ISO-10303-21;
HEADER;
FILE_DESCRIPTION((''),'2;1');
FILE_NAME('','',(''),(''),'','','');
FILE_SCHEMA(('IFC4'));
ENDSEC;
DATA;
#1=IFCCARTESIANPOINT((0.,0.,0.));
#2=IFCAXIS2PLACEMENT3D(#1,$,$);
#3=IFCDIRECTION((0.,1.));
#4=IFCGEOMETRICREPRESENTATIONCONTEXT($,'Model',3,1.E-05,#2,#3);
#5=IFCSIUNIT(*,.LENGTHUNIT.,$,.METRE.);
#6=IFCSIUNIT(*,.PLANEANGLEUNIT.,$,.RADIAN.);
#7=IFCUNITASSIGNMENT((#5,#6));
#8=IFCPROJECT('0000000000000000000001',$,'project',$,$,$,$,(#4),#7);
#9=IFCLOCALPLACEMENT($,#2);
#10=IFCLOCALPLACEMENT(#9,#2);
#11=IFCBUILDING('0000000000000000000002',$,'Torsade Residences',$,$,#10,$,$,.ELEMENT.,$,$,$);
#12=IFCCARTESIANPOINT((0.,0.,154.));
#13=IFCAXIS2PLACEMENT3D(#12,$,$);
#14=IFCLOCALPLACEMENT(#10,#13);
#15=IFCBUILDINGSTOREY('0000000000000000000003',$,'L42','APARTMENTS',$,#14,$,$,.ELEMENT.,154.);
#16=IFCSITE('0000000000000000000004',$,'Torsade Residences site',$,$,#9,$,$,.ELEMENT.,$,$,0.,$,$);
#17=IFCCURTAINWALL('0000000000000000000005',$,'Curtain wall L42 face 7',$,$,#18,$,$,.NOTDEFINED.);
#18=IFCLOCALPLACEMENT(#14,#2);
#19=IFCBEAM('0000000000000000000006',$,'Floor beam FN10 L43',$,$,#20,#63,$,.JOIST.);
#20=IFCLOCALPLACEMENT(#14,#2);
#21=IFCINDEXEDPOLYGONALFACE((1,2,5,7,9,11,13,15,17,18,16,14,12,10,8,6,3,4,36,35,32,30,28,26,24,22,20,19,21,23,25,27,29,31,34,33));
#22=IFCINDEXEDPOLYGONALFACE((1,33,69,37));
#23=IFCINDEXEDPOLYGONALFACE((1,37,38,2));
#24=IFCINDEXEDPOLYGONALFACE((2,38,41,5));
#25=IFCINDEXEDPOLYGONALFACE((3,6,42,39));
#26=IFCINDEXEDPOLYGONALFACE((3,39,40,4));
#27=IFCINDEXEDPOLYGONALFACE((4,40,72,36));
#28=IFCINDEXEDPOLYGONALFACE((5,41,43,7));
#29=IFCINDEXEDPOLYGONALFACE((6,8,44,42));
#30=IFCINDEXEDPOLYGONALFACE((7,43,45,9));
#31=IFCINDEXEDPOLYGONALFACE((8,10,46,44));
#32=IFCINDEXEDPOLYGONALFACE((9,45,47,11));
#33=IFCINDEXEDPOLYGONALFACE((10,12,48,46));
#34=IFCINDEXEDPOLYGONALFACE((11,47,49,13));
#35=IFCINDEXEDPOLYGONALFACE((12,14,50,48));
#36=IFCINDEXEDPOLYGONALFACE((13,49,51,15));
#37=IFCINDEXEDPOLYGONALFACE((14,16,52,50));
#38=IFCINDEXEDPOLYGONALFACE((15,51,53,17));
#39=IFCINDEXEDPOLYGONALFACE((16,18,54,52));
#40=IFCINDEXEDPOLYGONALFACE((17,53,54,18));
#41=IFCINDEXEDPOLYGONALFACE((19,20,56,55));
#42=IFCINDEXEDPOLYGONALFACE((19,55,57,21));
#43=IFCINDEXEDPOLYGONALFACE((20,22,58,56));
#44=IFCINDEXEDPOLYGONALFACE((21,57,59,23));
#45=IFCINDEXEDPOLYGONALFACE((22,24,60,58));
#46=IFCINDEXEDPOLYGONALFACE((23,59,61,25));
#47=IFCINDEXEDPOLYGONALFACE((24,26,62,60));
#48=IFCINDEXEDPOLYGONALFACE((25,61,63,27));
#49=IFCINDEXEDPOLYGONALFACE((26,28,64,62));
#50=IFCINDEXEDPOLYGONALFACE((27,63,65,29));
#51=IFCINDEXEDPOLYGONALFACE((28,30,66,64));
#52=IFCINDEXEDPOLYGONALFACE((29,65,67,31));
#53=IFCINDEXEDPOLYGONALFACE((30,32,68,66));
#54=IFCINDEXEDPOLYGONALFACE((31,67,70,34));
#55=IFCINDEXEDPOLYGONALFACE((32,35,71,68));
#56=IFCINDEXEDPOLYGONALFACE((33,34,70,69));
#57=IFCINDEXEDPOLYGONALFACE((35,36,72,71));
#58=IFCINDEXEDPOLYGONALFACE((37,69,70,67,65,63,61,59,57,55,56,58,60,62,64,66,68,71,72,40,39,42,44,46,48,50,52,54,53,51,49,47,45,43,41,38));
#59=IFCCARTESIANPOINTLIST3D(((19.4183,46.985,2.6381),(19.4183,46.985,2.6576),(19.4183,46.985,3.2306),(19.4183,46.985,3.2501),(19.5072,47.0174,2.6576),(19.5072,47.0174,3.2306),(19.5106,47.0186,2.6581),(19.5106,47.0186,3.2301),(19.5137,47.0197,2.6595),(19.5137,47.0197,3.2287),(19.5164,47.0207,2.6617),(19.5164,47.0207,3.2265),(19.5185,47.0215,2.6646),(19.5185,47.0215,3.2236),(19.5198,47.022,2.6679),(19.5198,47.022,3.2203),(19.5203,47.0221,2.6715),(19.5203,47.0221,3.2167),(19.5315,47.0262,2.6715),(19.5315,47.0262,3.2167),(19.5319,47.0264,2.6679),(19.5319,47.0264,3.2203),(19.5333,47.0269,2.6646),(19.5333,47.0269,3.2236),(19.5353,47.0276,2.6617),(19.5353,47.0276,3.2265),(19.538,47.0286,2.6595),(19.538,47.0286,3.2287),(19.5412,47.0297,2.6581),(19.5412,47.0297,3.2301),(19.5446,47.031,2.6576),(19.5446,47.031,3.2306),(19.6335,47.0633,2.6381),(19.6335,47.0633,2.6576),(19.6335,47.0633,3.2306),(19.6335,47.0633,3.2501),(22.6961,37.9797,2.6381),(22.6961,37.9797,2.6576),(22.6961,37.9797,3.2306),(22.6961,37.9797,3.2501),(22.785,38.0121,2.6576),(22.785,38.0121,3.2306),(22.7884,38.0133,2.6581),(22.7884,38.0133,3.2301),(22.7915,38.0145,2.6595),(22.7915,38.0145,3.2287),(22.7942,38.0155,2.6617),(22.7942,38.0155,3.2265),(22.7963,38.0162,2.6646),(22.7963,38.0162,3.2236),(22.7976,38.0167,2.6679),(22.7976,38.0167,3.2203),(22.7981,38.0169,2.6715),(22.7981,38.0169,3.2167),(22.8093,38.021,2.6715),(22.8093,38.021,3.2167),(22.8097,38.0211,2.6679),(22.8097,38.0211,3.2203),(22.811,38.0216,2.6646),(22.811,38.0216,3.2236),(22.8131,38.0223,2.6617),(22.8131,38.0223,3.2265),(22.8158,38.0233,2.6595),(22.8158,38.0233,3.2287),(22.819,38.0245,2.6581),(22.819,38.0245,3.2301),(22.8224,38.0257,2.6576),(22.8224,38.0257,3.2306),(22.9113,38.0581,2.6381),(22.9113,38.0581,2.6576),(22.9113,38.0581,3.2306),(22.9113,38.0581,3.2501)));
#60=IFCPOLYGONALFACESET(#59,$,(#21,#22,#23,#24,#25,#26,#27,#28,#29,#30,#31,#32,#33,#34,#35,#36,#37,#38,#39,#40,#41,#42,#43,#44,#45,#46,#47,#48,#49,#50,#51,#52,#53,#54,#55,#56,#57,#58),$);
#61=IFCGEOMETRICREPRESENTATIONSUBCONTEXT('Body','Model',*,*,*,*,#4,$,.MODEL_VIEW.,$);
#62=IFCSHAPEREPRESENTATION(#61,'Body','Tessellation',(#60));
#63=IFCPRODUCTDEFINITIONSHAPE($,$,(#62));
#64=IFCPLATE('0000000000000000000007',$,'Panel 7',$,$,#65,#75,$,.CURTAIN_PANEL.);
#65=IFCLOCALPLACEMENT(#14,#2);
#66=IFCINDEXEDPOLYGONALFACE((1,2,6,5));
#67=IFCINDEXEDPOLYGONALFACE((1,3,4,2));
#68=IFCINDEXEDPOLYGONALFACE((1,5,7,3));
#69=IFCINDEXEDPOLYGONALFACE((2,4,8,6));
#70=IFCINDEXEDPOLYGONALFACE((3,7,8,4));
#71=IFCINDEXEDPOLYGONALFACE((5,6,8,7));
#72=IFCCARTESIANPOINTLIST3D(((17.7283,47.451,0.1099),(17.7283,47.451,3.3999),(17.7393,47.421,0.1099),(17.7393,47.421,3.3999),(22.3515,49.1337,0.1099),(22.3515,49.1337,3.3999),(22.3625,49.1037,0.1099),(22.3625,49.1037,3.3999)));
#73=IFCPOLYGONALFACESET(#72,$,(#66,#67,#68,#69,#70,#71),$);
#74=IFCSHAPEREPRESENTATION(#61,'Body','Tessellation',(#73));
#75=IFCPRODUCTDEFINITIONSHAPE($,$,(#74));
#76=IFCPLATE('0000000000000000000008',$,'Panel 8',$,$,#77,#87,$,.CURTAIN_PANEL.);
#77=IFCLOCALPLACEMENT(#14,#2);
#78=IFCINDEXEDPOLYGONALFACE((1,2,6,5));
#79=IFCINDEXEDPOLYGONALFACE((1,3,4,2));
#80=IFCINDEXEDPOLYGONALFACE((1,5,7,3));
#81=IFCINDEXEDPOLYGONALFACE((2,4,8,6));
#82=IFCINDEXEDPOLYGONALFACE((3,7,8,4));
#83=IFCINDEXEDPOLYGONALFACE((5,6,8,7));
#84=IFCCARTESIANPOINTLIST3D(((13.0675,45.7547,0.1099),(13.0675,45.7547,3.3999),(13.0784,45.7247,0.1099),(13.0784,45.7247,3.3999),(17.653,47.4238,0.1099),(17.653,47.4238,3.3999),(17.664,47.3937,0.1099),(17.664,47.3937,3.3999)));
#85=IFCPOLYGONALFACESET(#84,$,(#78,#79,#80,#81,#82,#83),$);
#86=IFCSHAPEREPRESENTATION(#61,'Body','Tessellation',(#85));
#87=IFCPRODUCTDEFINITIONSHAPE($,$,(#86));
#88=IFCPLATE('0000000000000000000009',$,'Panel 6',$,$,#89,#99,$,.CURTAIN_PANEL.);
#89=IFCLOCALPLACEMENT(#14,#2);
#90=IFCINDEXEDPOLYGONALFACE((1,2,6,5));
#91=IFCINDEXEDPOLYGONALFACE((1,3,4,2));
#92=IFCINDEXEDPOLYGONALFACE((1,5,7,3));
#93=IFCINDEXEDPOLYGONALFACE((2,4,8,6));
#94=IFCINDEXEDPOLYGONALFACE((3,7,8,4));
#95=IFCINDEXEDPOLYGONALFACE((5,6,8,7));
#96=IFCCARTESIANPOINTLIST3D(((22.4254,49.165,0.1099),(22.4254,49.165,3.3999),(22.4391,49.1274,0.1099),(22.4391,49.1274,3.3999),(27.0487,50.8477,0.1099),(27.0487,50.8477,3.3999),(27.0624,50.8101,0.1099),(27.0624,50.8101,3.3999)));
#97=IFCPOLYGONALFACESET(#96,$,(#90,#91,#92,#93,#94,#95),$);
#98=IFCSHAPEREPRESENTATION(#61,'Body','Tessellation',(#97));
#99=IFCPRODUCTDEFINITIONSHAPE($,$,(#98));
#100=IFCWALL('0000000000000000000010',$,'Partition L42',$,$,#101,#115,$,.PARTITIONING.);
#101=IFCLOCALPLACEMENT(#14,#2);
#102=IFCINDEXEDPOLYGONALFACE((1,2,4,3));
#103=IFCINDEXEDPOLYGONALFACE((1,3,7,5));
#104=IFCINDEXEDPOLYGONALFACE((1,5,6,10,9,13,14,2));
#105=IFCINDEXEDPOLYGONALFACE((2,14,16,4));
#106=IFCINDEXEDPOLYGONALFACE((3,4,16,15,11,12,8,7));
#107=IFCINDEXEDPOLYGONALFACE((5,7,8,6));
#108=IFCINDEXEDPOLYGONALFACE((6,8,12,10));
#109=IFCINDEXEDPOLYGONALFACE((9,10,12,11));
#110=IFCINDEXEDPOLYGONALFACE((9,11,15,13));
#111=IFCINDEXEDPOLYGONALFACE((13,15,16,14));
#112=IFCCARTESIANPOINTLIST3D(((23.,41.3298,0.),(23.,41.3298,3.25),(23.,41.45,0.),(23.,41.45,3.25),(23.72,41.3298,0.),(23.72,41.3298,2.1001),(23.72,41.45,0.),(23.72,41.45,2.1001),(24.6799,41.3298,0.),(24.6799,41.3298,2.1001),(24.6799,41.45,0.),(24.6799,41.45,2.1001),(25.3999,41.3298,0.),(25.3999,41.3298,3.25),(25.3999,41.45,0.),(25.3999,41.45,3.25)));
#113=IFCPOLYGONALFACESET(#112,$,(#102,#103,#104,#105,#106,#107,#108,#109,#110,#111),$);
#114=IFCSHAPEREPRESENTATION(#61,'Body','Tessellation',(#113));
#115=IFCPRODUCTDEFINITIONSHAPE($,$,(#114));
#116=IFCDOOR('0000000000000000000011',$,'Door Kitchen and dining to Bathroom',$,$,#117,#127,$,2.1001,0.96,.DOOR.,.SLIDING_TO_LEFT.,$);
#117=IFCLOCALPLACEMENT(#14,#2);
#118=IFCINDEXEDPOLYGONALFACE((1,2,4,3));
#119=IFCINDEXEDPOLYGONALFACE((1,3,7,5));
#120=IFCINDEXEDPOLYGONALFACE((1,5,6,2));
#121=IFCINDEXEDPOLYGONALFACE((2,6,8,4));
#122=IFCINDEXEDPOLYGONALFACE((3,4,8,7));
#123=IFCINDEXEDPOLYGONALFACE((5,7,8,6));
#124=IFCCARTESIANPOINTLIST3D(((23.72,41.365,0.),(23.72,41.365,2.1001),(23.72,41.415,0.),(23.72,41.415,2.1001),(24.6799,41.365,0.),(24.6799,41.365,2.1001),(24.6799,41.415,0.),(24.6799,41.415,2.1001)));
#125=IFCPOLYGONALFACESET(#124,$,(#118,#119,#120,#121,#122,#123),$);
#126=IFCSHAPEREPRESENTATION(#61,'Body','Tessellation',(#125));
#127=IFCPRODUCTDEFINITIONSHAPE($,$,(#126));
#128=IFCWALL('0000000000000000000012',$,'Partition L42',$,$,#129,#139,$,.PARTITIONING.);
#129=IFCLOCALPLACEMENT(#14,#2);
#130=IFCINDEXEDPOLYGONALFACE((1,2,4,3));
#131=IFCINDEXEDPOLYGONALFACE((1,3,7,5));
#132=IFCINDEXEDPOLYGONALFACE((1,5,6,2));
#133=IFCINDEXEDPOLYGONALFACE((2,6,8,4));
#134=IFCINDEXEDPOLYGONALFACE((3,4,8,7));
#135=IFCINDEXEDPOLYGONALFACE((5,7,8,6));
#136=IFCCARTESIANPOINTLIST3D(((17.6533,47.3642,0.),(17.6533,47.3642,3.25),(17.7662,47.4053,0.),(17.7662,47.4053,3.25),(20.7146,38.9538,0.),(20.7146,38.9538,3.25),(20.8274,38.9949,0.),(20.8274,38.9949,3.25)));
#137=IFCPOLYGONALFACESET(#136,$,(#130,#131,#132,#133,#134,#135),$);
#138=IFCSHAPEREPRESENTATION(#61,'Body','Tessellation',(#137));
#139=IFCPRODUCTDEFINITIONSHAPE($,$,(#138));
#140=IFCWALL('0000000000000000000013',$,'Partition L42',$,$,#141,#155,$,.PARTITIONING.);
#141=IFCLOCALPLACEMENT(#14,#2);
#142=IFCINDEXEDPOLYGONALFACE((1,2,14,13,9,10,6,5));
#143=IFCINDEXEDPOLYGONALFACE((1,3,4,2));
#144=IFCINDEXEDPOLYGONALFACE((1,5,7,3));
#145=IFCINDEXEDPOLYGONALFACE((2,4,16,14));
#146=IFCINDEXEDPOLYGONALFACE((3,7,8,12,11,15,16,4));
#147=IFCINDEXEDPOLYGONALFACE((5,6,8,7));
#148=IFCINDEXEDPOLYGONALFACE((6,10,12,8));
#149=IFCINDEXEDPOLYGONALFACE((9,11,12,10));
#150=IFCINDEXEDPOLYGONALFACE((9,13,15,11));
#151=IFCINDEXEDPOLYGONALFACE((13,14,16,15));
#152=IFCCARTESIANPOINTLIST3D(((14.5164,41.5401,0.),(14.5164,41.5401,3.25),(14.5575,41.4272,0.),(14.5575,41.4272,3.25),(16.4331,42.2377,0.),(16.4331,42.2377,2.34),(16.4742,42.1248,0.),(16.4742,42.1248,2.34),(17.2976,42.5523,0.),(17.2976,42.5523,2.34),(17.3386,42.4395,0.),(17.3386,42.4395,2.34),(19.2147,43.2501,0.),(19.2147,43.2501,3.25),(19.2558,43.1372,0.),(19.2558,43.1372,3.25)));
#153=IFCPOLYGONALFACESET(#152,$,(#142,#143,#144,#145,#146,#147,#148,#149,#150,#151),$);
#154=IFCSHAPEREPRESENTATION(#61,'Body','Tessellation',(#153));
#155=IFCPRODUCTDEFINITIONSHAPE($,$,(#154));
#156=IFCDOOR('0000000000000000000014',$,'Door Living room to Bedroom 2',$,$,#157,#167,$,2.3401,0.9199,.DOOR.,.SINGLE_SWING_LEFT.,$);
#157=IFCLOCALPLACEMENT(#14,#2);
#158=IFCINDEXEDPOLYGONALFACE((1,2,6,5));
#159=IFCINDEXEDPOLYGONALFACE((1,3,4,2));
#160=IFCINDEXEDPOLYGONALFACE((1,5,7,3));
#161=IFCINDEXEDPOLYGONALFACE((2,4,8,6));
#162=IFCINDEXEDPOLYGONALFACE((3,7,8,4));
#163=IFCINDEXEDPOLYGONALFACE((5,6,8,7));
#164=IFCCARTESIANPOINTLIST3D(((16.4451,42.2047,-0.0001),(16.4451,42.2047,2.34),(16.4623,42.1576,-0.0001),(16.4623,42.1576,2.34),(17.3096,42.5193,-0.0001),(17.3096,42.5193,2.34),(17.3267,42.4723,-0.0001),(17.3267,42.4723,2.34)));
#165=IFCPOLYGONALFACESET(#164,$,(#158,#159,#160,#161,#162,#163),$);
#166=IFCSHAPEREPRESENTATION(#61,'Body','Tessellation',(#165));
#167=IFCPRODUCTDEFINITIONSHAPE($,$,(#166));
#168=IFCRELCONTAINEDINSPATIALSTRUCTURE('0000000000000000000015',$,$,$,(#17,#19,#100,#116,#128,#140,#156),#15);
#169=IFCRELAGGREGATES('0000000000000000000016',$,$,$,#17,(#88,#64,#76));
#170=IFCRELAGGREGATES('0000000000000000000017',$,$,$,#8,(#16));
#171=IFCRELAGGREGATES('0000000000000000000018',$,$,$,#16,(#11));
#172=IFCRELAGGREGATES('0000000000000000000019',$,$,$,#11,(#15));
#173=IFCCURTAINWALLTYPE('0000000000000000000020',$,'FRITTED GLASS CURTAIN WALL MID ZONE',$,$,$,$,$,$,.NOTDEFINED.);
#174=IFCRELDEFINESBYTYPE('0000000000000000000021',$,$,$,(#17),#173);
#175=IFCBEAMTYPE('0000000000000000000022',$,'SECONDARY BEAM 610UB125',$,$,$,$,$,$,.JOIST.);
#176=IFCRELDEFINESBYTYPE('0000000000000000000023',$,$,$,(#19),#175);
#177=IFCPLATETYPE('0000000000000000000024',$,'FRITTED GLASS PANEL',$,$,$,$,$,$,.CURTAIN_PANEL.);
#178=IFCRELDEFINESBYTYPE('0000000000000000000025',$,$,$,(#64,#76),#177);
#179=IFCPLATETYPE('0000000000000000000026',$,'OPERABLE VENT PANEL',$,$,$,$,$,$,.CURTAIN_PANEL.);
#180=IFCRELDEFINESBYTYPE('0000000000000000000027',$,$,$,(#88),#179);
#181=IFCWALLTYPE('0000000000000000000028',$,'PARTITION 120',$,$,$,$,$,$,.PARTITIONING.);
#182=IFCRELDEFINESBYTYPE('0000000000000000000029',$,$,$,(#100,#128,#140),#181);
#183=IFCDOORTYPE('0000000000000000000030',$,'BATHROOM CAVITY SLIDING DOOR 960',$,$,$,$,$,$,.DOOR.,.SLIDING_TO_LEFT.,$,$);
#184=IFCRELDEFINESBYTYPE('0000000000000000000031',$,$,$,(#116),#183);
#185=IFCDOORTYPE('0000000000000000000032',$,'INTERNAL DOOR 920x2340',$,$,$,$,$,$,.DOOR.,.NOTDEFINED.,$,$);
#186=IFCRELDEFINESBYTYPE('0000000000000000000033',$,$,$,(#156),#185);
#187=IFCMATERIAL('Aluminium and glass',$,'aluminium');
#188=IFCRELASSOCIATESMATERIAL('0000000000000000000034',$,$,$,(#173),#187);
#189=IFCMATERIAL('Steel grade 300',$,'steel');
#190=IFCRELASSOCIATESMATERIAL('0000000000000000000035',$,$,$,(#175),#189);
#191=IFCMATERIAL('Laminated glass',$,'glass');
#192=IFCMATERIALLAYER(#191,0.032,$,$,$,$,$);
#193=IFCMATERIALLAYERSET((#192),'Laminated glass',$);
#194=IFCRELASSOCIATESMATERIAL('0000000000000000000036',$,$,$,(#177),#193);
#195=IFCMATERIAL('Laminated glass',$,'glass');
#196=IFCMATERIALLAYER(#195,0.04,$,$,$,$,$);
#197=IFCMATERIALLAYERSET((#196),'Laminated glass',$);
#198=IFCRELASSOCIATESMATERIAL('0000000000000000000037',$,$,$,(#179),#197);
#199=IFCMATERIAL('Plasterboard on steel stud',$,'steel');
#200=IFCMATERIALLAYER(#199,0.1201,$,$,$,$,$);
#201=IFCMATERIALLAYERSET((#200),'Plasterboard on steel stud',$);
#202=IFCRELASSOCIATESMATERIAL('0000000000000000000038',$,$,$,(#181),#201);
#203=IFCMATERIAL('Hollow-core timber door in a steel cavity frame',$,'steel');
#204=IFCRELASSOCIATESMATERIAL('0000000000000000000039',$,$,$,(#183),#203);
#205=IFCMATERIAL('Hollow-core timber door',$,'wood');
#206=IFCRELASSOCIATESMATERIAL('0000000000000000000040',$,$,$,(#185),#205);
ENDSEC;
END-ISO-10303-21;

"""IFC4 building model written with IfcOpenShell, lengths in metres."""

from ifc_helpers import new_model, si_unit, direction, frame, frame_2d, origin, origin_2d, place, context, subcontext, project, spatial, rectangle, i_section, extrude, material, layer, layer_set, material_profile, profile_set, type_object, element, fill, aggregate, save


model = new_model("IFC4")

# Units and contexts
model_context = context("Model", 3, precision=1e-05, world=origin(), true_north=direction((0.0, 1.0)))
body_context = subcontext(model_context, "Body", "Model", "MODEL_VIEW")
ifc_project = project(units=[si_unit("LENGTHUNIT", "METRE"), si_unit("PLANEANGLEUNIT", "RADIAN")], contexts=[model_context])

# Site, building, storey
site_placement = place(None, origin())
site = spatial("IfcSite", under=ifc_project, at=site_placement, Name="Torsade Residences site", CompositionType="ELEMENT", RefElevation=0.0)
building_placement = place(site_placement, origin())
building = spatial("IfcBuilding", under=site, at=building_placement, Name="Torsade Residences", CompositionType="ELEMENT")
storey_placement = place(building_placement, frame((0.0, 0.0, 154.0)))
storey = spatial("IfcBuildingStorey", under=building, at=storey_placement, Name="L42", Description="APARTMENTS", CompositionType="ELEMENT", Elevation=154.0)

# Curtain wall
ifc_material_1 = material(Name="Aluminium and glass", Category="aluminium")
curtain_wall_type = type_object("IfcCurtainWallType", Name="FRITTED GLASS CURTAIN WALL MID ZONE", PredefinedType="NOTDEFINED", material=ifc_material_1)
curtain_wall_placement = place(storey_placement, origin())
curtain_wall = element("IfcCurtainWall", 1, at=curtain_wall_placement, inside=storey, type_object=curtain_wall_type, Name="Curtain wall L42 face 7", PredefinedType="NOTDEFINED")

# Beam
ifc_material_2 = material(Name="Steel grade 300", Category="steel")
ifc_material_profile_1 = material_profile(ifc_material_2, i_section(OverallWidth=0.229, OverallDepth=0.6121, WebThickness=0.012, FlangeThickness=0.0195, FilletRadius=0.0139, at=origin_2d()), Name="610UB125")
ifc_profile_set_1 = profile_set([ifc_material_profile_1], Name="Steel grade 300")
beam_type_1 = type_object("IfcBeamType", Name="SECONDARY BEAM 610UB125", PredefinedType="JOIST", material=ifc_profile_set_1)
beam_1_placement = place(storey_placement, frame((19.5259, 47.0242, 2.9441), z_axis=(0.342034, -0.939688, 0.0), x_axis=(0.939688, 0.342034, 0.0)))
element("IfcBeam", 2, at=beam_1_placement, inside=storey, type_object=beam_type_1, Name="Floor beam FN10 L43", PredefinedType="JOIST", context=body_context, shape_type="SweptSolid", body=[
    extrude(i_section(OverallWidth=0.229, OverallDepth=0.6121, WebThickness=0.012, FlangeThickness=0.0195, FilletRadius=0.0139, at=origin_2d()), origin(), (0.0, 0.0, 1.0), 9.5833),
])

# Plates
ifc_material_3 = material(Name="Laminated glass", Category="glass")
ifc_layer_1 = layer(ifc_material_3, 0.032)
ifc_layer_set_1 = layer_set([ifc_layer_1], Name="Laminated glass")
plate_type_1 = type_object("IfcPlateType", Name="FRITTED GLASS PANEL", PredefinedType="CURTAIN_PANEL", material=ifc_layer_set_1)
plate_1_placement = place(storey_placement, frame((20.0454, 48.2773, 0.1099), z_axis=(0.0, 0.0, 1.0), x_axis=(-0.939693, -0.34202, 0.0)))
plate_1 = element("IfcPlate", 3, at=plate_1_placement, type_object=plate_type_1, Name="Panel 7", PredefinedType="CURTAIN_PANEL", context=body_context, shape_type="SweptSolid", body=[
    extrude(rectangle(XDim=4.9199, YDim=0.032, at=origin_2d()), origin(), (0.0, 0.0, 1.0), 3.29),
])
plate_2_placement = place(storey_placement, frame((15.3657, 46.5742, 0.1099), z_axis=(0.0, 0.0, 1.0), x_axis=(-0.939693, -0.34202, 0.0)))
plate_2 = element("IfcPlate", 4, at=plate_2_placement, type_object=plate_type_1, Name="Panel 8", PredefinedType="CURTAIN_PANEL", context=body_context, shape_type="SweptSolid", body=[
    extrude(rectangle(XDim=4.8799, YDim=0.032, at=origin_2d()), origin(), (0.0, 0.0, 1.0), 3.29),
])
ifc_material_4 = material(Name="Laminated glass", Category="glass")
ifc_layer_2 = layer(ifc_material_4, 0.04)
ifc_layer_set_2 = layer_set([ifc_layer_2], Name="Laminated glass")
plate_type_2 = type_object("IfcPlateType", Name="OPERABLE VENT PANEL", PredefinedType="CURTAIN_PANEL", material=ifc_layer_set_2)
plate_3_placement = place(storey_placement, frame((24.7439, 49.9875, 0.1099), z_axis=(0.0, 0.0, 1.0), x_axis=(-0.939693, -0.34202, 0.0)))
plate_3 = element("IfcPlate", 5, at=plate_3_placement, type_object=plate_type_2, Name="Panel 6", PredefinedType="CURTAIN_PANEL", context=body_context, shape_type="SweptSolid", body=[
    extrude(rectangle(XDim=4.9199, YDim=0.04, at=origin_2d()), origin(), (0.0, 0.0, 1.0), 3.29),
])
aggregate(curtain_wall, [plate_3, plate_1, plate_2])

# Wall, opening, door
ifc_material_5 = material(Name="Plasterboard on steel stud", Category="steel")
ifc_layer_3 = layer(ifc_material_5, 0.1201)
ifc_layer_set_3 = layer_set([ifc_layer_3], Name="Plasterboard on steel stud")
wall_type_1 = type_object("IfcWallType", Name="PARTITION 120", PredefinedType="PARTITIONING", material=ifc_layer_set_3)
wall_1_placement = place(storey_placement, frame((25.3999, 41.3899, 0.0), z_axis=(0.0, 0.0, 1.0), x_axis=(-1.0, 0.0, 0.0)))
wall_1 = element("IfcWall", 6, at=wall_1_placement, inside=storey, type_object=wall_type_1, Name="Partition L42", PredefinedType="PARTITIONING", context=body_context, shape_type="SweptSolid", body=[
    extrude(rectangle(XDim=2.3999, YDim=0.1201, at=frame_2d((1.2, 0.0))), origin(), (0.0, 0.0, 1.0), 3.25),
])
opening_1_placement = place(wall_1_placement, frame((0.72, 0.0, 0.0)))
opening_1 = element("IfcOpeningElement", 7, at=opening_1_placement, cuts=wall_1, PredefinedType="OPENING", context=body_context, shape_type="SweptSolid", body=[
    extrude(rectangle(XDim=0.96, YDim=2.1001, at=frame_2d((0.48, 1.05))), frame((0.0, 0.0701, 0.0), z_axis=(0.0, -1.0, 0.0), x_axis=(1.0, 0.0, 0.0)), (0.0, 0.0, 1.0), 0.1401),
])
ifc_material_6 = material(Name="Hollow-core timber door in a steel cavity frame", Category="steel")
door_type_1 = type_object("IfcDoorType", Name="BATHROOM CAVITY SLIDING DOOR 960", OperationType="SLIDING_TO_LEFT", PredefinedType="DOOR", material=ifc_material_6)
door_1_placement = place(opening_1_placement, origin())
door_1 = element("IfcDoor", 8, at=door_1_placement, inside=storey, type_object=door_type_1, Name="Door Kitchen and dining to Bathroom", OperationType="SLIDING_TO_LEFT", OverallHeight=2.1001, OverallWidth=0.96, PredefinedType="DOOR", context=body_context, shape_type="SweptSolid", body=[
    extrude(rectangle(XDim=0.96, YDim=2.1001, at=frame_2d((0.48, 1.05))), frame((0.0, 0.0249, 0.0), z_axis=(0.0, -1.0, 0.0), x_axis=(1.0, 0.0, 0.0)), (0.0, 0.0, 1.0), 0.05),
])
fill(opening_1, door_1)

# Wall
wall_2_placement = place(storey_placement, frame((17.7097, 47.3848, 0.0), z_axis=(0.0, 0.0, 1.0), x_axis=(0.342034, -0.939687, 0.0)))
element("IfcWall", 9, at=wall_2_placement, inside=storey, type_object=wall_type_1, Name="Partition L42", PredefinedType="PARTITIONING", context=body_context, shape_type="SweptSolid", body=[
    extrude(rectangle(XDim=8.9502, YDim=0.1201, at=frame_2d((4.4751, 0.0))), origin(), (0.0, 0.0, 1.0), 3.25),
])

# Wall, opening, door
wall_3_placement = place(storey_placement, frame((14.5369, 41.4836, 0.0), z_axis=(0.0, 0.0, 1.0), x_axis=(0.939696, 0.34201, 0.0)))
wall_3 = element("IfcWall", 10, at=wall_3_placement, inside=storey, type_object=wall_type_1, Name="Partition L42", PredefinedType="PARTITIONING", context=body_context, shape_type="SweptSolid", body=[
    extrude(rectangle(XDim=4.9998, YDim=0.1201, at=frame_2d((2.5, 0.0))), origin(), (0.0, 0.0, 1.0), 3.25),
])
opening_2_placement = place(wall_3_placement, frame((2.0398, 0.0, 0.0)))
opening_2 = element("IfcOpeningElement", 11, at=opening_2_placement, cuts=wall_3, PredefinedType="OPENING", context=body_context, shape_type="SweptSolid", body=[
    extrude(rectangle(XDim=0.9199, YDim=2.3401, at=frame_2d((0.46, 1.1699))), frame((0.0, 0.0701, 0.0), z_axis=(0.0, -1.0, 0.0), x_axis=(1.0, 0.0, 0.0)), (0.0, 0.0, 1.0), 0.1401),
])
ifc_material_7 = material(Name="Hollow-core timber door", Category="wood")
door_type_2 = type_object("IfcDoorType", Name="INTERNAL DOOR 920x2340", OperationType="NOTDEFINED", PredefinedType="DOOR", material=ifc_material_7)
door_2_placement = place(opening_2_placement, origin())
door_2 = element("IfcDoor", 12, at=door_2_placement, inside=storey, type_object=door_type_2, Name="Door Living room to Bedroom 2", OperationType="SINGLE_SWING_LEFT", OverallHeight=2.3401, OverallWidth=0.9199, PredefinedType="DOOR", context=body_context, shape_type="SweptSolid", body=[
    extrude(rectangle(XDim=0.9199, YDim=2.3401, at=frame_2d((0.46, 1.1699))), frame((0.0, 0.0249, 0.0), z_axis=(0.0, -1.0, 0.0), x_axis=(1.0, 0.0, 0.0)), (0.0, 0.0, 1.0), 0.05),
])
fill(opening_2, door_2)

save(model, "model.ifc")
